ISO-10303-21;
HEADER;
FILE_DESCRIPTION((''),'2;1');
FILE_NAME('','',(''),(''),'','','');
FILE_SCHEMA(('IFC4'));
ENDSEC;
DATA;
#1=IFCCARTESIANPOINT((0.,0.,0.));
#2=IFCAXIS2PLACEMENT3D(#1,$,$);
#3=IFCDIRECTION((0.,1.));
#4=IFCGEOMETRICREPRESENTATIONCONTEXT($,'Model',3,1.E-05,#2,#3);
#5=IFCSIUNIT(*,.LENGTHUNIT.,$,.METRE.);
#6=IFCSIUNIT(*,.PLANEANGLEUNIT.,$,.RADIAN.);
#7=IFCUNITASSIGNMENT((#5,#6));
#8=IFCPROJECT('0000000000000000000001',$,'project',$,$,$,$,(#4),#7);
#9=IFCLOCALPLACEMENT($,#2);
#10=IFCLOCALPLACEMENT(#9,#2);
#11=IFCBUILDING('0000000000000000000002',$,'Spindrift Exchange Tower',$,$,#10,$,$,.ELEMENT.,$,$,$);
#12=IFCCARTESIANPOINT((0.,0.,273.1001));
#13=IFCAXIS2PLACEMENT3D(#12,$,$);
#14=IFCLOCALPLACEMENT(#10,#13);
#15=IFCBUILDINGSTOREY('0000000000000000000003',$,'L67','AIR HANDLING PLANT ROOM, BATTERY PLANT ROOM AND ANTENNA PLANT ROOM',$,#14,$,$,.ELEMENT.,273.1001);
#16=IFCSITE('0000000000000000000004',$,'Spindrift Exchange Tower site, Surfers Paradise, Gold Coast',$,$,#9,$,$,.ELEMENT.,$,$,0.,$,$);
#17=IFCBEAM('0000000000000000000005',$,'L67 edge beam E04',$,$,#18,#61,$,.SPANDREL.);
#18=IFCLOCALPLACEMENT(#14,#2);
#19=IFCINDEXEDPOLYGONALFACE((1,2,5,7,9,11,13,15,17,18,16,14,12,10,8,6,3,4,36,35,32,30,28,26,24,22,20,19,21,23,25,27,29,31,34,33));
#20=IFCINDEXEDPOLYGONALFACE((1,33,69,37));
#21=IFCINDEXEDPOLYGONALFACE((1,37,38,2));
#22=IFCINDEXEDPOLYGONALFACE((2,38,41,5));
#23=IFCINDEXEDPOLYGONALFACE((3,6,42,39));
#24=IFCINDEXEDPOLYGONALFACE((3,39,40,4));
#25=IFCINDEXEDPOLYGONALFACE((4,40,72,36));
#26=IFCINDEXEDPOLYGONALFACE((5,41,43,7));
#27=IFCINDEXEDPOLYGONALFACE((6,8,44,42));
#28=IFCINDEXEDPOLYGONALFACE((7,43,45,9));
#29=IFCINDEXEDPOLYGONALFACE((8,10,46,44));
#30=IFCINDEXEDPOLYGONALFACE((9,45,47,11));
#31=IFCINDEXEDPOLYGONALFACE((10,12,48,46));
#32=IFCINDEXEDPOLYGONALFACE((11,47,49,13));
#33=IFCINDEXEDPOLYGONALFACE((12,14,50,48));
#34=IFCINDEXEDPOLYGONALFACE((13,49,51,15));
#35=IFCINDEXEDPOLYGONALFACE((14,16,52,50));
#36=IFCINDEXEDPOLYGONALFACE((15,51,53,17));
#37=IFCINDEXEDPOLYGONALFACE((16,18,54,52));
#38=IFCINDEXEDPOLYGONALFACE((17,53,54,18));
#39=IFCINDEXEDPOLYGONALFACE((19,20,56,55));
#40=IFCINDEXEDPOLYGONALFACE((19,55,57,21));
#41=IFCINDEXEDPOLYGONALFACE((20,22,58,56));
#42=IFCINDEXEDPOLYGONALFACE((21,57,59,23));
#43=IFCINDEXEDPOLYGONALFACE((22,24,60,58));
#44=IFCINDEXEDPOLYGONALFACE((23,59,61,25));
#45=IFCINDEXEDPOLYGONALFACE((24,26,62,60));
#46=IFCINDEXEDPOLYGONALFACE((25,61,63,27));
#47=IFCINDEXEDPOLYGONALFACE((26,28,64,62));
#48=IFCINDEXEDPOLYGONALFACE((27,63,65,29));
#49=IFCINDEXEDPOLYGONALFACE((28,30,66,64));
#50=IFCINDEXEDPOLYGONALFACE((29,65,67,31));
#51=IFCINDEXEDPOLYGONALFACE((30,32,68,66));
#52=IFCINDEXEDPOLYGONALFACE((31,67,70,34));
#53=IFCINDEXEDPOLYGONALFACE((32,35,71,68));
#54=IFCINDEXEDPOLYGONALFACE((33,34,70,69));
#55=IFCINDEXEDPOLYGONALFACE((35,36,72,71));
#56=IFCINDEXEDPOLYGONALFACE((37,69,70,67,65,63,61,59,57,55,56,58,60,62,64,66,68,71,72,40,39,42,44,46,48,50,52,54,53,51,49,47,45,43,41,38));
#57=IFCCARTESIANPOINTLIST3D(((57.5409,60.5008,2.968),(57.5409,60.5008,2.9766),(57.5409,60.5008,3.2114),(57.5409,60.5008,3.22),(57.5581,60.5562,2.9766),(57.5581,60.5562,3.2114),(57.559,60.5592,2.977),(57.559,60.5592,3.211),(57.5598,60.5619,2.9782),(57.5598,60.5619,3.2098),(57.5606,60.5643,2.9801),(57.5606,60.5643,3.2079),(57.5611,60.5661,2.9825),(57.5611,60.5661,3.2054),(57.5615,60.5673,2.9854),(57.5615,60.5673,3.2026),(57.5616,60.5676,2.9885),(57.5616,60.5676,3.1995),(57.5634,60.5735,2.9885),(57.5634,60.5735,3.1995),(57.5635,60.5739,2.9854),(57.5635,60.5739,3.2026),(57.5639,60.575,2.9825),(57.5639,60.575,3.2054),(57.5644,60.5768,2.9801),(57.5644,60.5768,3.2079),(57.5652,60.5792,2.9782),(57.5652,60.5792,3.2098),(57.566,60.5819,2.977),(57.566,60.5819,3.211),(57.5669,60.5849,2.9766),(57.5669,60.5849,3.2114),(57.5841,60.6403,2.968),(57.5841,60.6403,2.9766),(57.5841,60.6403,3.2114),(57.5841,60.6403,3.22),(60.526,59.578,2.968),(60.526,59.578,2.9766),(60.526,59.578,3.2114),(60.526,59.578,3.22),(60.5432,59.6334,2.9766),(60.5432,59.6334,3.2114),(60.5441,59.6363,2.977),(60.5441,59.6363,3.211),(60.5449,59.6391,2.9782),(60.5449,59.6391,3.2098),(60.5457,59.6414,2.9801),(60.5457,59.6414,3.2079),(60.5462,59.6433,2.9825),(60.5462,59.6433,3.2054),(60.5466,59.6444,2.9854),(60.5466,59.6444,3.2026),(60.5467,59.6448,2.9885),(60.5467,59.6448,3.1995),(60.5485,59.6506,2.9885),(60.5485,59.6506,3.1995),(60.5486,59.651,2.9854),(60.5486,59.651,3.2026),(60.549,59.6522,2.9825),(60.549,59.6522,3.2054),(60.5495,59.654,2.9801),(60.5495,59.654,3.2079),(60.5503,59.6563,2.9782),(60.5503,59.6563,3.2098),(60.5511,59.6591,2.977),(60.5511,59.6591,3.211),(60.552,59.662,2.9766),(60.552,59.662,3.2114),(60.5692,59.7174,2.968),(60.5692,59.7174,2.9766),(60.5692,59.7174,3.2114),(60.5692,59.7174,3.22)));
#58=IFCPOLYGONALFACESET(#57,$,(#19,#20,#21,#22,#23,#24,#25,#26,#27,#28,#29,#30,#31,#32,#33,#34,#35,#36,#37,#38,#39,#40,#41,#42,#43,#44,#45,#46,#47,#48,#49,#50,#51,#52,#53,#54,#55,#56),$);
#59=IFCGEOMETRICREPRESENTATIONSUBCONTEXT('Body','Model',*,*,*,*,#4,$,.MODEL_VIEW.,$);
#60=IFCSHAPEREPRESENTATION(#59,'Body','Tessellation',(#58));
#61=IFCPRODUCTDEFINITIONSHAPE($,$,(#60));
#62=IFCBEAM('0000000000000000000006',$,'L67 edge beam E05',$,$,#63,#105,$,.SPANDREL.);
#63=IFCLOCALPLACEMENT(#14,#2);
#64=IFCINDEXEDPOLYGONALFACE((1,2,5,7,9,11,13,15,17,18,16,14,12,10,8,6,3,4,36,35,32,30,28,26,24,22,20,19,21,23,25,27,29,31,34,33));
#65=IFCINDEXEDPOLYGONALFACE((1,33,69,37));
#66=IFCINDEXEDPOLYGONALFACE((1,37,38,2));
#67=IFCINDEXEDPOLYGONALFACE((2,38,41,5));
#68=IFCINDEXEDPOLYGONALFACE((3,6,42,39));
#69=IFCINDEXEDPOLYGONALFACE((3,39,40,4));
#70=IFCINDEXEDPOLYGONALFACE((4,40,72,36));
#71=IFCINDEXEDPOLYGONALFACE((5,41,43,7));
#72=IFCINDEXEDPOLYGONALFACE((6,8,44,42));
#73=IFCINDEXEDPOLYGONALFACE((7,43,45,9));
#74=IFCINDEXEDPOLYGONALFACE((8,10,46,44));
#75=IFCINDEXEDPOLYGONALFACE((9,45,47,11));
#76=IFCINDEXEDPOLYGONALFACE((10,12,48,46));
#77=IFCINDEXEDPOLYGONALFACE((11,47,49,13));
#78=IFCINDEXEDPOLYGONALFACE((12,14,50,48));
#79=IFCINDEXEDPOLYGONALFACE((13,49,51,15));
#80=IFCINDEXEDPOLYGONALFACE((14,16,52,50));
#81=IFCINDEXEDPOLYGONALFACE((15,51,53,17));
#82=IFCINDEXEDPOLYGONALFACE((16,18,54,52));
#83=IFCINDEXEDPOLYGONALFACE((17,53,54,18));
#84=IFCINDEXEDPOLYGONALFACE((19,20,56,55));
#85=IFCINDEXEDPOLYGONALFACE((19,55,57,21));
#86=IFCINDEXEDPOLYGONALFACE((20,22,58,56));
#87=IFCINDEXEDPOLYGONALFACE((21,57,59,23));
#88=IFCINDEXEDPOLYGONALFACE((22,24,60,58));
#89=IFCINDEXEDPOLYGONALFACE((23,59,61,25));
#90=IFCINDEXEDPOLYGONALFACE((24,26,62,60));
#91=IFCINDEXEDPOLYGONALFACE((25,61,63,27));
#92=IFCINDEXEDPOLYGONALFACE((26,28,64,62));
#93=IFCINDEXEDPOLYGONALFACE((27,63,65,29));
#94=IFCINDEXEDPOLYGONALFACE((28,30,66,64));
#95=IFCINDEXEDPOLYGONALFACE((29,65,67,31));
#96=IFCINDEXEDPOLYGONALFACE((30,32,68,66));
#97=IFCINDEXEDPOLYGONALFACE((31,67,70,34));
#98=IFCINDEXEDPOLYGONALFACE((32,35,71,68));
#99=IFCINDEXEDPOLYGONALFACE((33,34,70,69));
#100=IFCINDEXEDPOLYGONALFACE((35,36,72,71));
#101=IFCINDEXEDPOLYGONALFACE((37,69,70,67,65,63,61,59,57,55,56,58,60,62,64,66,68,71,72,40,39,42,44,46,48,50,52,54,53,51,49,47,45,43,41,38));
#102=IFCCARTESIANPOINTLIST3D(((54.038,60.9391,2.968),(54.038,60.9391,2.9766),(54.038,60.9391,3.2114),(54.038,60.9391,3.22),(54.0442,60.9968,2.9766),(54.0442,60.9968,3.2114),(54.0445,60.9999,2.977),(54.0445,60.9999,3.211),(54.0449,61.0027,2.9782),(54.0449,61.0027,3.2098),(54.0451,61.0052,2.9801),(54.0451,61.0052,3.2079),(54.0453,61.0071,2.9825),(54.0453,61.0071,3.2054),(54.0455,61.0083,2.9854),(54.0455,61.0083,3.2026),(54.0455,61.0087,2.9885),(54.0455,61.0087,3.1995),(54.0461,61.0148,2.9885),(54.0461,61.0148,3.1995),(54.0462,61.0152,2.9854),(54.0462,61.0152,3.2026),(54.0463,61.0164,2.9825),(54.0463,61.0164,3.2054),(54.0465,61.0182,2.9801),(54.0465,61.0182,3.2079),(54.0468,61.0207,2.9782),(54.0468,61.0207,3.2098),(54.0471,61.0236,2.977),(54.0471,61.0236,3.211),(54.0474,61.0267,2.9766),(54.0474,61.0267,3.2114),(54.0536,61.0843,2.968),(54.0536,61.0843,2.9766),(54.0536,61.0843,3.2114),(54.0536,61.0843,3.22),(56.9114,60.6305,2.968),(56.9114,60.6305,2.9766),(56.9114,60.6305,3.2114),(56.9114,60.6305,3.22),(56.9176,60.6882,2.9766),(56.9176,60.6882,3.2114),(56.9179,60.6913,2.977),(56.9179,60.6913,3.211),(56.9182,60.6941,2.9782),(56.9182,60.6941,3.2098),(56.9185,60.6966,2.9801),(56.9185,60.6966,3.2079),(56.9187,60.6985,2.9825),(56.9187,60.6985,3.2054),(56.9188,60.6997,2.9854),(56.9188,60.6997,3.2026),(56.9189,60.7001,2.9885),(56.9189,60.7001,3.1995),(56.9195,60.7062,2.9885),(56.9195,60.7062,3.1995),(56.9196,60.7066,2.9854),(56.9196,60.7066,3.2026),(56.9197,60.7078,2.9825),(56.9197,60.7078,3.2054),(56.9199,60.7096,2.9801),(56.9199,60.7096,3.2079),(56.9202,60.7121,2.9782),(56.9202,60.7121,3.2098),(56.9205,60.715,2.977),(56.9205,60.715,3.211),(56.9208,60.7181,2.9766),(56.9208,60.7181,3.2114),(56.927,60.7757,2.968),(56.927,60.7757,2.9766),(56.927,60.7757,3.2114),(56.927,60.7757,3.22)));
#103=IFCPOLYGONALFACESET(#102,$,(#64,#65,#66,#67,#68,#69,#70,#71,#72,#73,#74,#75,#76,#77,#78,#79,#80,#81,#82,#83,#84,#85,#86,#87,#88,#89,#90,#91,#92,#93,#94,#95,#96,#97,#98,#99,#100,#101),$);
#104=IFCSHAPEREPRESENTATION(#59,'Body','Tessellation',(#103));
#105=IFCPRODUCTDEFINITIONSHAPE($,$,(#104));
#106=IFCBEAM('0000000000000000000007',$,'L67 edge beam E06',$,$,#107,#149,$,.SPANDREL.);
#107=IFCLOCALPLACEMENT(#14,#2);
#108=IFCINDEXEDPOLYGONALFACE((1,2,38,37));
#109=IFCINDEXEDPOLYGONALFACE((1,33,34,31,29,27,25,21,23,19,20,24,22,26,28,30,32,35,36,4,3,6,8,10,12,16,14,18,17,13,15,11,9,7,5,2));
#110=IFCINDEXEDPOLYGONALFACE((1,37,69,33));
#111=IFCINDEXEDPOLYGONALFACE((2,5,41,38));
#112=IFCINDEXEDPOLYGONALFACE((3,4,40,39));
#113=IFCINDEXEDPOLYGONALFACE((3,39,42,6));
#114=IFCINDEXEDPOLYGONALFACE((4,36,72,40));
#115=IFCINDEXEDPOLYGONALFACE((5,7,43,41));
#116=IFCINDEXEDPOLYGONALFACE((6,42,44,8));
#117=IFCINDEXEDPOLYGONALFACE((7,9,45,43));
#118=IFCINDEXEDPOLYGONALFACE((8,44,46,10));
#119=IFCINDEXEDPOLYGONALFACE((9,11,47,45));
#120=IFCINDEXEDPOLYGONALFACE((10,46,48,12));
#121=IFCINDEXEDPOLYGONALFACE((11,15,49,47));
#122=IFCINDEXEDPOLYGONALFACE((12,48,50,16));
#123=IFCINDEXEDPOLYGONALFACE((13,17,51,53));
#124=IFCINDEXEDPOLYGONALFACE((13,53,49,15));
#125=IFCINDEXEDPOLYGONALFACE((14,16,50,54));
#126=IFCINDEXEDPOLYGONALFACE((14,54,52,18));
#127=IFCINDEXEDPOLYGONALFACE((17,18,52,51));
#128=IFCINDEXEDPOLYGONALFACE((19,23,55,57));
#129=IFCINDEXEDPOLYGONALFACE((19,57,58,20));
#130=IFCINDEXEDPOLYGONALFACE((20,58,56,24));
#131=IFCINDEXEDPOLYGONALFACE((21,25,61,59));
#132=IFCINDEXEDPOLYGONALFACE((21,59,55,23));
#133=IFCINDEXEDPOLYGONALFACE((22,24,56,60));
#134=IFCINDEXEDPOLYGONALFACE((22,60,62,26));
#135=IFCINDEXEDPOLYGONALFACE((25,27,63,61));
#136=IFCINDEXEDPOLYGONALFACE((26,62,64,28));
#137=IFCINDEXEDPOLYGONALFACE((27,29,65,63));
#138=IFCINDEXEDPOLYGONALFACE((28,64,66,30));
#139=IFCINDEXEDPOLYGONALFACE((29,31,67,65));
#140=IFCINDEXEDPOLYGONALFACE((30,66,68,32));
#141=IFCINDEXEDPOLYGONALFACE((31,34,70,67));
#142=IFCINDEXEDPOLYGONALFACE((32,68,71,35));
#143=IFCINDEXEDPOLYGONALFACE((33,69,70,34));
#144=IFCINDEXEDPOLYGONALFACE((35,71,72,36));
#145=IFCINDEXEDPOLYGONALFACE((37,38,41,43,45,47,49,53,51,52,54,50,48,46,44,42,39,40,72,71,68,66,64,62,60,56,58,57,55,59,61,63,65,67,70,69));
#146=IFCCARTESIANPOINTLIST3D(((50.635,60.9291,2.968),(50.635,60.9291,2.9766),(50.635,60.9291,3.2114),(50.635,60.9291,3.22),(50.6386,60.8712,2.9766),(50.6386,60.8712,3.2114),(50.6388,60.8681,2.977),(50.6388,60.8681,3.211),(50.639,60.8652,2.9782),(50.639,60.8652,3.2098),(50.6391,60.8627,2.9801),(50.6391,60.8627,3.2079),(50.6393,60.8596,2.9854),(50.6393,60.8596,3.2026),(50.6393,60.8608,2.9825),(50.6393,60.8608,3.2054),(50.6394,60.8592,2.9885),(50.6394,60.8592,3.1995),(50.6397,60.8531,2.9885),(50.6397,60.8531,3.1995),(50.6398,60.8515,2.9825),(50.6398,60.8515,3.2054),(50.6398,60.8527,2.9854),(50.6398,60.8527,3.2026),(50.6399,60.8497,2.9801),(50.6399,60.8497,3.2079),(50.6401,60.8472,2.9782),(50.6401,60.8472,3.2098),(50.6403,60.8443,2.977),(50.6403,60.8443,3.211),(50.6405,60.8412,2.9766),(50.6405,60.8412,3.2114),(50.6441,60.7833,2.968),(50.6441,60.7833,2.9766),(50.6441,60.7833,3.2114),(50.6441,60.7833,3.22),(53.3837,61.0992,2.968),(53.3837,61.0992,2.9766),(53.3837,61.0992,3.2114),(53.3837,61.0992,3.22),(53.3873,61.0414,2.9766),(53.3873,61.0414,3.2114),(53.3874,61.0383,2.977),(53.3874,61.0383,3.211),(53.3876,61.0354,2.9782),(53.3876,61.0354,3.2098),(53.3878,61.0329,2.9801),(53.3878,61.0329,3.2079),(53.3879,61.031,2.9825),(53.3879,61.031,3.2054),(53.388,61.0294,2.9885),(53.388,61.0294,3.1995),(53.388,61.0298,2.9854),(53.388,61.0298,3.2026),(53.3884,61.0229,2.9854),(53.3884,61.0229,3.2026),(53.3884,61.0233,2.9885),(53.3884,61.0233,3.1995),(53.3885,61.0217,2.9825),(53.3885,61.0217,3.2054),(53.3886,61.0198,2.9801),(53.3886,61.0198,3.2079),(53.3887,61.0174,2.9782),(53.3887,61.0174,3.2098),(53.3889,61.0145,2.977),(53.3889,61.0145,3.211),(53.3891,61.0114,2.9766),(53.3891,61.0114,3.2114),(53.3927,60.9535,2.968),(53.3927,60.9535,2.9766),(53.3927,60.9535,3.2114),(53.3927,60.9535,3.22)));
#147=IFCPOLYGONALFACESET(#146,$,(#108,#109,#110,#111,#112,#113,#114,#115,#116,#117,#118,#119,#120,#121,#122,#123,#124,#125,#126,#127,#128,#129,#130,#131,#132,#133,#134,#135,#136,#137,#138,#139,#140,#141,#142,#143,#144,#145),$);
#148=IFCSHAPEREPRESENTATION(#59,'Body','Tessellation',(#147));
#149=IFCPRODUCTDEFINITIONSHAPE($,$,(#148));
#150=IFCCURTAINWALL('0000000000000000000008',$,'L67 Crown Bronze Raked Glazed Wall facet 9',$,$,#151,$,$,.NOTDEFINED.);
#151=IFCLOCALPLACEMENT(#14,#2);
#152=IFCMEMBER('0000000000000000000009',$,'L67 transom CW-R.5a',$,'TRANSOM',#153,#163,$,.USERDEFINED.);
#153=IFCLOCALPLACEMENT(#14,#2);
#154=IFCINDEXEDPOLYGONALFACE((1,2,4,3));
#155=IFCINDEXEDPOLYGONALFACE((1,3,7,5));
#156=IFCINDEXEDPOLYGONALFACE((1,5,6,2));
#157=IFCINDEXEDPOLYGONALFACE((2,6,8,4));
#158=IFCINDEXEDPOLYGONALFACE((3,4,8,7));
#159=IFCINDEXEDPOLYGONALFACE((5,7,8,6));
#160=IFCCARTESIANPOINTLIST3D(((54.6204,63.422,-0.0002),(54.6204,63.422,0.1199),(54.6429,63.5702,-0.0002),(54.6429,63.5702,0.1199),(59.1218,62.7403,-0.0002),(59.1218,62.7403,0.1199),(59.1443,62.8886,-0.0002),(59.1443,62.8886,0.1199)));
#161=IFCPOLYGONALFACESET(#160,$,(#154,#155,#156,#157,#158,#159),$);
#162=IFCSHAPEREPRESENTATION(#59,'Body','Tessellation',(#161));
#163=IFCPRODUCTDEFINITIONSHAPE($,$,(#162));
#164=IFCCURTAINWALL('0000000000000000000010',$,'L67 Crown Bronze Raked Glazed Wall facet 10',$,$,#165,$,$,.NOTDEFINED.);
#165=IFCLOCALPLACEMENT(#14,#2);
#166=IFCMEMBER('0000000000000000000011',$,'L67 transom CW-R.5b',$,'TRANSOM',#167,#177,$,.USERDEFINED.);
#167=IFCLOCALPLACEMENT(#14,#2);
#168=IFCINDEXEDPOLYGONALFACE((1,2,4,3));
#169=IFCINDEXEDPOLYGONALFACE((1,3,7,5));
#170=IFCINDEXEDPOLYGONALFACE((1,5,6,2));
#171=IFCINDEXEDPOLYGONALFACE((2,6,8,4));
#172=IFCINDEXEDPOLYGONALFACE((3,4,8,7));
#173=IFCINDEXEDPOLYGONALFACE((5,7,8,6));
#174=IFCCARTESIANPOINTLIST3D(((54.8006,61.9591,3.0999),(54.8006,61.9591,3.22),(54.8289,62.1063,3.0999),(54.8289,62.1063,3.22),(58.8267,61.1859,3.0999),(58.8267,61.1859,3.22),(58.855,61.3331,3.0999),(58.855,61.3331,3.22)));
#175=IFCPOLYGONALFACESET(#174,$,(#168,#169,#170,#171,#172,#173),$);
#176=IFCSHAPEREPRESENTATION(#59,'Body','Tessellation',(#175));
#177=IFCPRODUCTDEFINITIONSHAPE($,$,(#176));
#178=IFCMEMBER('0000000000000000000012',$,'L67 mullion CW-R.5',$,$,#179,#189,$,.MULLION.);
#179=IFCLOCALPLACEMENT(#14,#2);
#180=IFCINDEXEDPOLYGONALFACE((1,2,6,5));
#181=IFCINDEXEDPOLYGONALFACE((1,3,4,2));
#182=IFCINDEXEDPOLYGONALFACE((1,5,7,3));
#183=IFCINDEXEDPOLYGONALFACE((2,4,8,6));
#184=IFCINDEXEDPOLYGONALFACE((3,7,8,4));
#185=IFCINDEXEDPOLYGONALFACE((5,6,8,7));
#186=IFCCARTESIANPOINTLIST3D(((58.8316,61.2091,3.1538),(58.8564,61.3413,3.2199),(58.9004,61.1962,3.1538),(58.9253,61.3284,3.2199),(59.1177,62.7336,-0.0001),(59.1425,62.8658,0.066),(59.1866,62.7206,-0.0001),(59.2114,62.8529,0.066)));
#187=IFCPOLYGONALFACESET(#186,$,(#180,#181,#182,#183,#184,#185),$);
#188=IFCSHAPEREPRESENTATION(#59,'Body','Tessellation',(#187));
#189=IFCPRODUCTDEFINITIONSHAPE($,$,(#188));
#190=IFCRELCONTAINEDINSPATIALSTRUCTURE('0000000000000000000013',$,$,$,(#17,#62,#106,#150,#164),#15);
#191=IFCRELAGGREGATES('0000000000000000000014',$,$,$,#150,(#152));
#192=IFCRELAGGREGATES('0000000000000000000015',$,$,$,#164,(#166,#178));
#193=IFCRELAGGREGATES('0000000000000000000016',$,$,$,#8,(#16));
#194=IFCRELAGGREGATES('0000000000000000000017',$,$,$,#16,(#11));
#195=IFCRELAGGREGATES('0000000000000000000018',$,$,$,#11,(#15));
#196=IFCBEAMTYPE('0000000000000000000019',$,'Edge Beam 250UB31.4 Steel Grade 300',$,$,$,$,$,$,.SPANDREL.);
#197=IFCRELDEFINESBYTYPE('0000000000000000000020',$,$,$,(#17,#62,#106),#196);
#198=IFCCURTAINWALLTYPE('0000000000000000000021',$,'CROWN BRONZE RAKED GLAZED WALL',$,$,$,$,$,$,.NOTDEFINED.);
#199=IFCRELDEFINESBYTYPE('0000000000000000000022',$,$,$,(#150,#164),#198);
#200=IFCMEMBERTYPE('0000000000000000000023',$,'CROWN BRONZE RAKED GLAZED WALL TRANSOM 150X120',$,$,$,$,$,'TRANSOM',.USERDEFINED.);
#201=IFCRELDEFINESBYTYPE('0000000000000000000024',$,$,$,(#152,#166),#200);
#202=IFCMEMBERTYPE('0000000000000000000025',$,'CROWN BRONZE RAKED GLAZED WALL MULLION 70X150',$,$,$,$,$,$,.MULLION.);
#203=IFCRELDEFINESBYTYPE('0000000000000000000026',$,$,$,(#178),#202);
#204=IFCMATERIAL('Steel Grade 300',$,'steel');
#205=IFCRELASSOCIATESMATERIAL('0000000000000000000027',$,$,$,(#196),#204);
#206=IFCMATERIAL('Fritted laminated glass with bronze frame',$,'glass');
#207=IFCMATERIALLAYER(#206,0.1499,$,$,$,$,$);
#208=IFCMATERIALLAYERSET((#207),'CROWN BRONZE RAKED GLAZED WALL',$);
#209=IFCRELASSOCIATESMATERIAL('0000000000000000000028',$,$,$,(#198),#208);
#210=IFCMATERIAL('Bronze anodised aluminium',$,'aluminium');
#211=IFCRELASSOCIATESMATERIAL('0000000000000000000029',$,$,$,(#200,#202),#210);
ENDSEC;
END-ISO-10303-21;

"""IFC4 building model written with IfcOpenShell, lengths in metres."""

from ifc_helpers import new_model, si_unit, direction, frame, origin, origin_2d, place, context, subcontext, project, spatial, rectangle, i_section, extrude, source, transform, mapped, material, layer, layer_set, material_profile, profile_set, type_object, element, aggregate, save


model = new_model("IFC4")

# Units and contexts
model_context = context("Model", 3, precision=1e-05, world=origin(), true_north=direction((0.0, 1.0)))
body_context = subcontext(model_context, "Body", "Model", "MODEL_VIEW")
ifc_project = project(units=[si_unit("LENGTHUNIT", "METRE"), si_unit("PLANEANGLEUNIT", "RADIAN")], contexts=[model_context])

# Site, building, storey
site_placement = place(None, origin())
site = spatial("IfcSite", under=ifc_project, at=site_placement, Name="Spindrift Exchange Tower site, Surfers Paradise, Gold Coast", CompositionType="ELEMENT", RefElevation=0.0)
building_placement = place(site_placement, origin())
building = spatial("IfcBuilding", under=site, at=building_placement, Name="Spindrift Exchange Tower", CompositionType="ELEMENT")
storey_placement = place(building_placement, frame((0.0, 0.0, 273.1001)))
storey = spatial("IfcBuildingStorey", under=building, at=storey_placement, Name="L67", Description="AIR HANDLING PLANT ROOM, BATTERY PLANT ROOM AND ANTENNA PLANT ROOM", CompositionType="ELEMENT", Elevation=273.1001)

# Beams
ifc_material_1 = material(Name="Steel Grade 300", Category="steel")
ifc_material_profile_1 = material_profile(ifc_material_1, i_section(OverallWidth=0.146, OverallDepth=0.252, WebThickness=0.0061, FlangeThickness=0.0085, FilletRadius=0.012, at=origin_2d()), Name="250UB31.4")
ifc_profile_set_1 = profile_set([ifc_material_profile_1], Name="Steel Grade 300")
beam_type_1 = type_object("IfcBeamType", Name="Edge Beam 250UB31.4 Steel Grade 300", PredefinedType="SPANDREL", material=ifc_profile_set_1)
shared_shape_1 = source(origin(), body_context, "Body", "SweptSolid", [
    extrude(i_section(OverallWidth=0.146, OverallDepth=0.252, WebThickness=0.0061, FlangeThickness=0.0085, FilletRadius=0.012, at=origin_2d()), origin(), (0.0, 0.0, 1.0), 3.1245),
])
beam_1_placement = place(storey_placement, frame((60.5476, 59.6477, 3.094), z_axis=(-0.955386, 0.295359, 0.0), x_axis=(-0.295359, -0.955386, 0.0)))
element("IfcBeam", 1, at=beam_1_placement, inside=storey, type_object=beam_type_1, Name="L67 edge beam E04", PredefinedType="SPANDREL", context=body_context, shape_type="MappedRepresentation", body=[
    mapped(shared_shape_1, transform((0.0, 0.0, 0.0), scale=1.0)),
])
shared_shape_2 = source(origin(), body_context, "Body", "SweptSolid", [
    extrude(i_section(OverallWidth=0.146, OverallDepth=0.252, WebThickness=0.0061, FlangeThickness=0.0085, FilletRadius=0.012, at=origin_2d()), origin(), (0.0, 0.0, 1.0), 2.8899),
])
beam_2_placement = place(storey_placement, frame((56.9192, 60.7031, 3.094), z_axis=(-0.994282, 0.106787, 0.0), x_axis=(-0.106787, -0.994282, 0.0)))
element("IfcBeam", 2, at=beam_2_placement, inside=storey, type_object=beam_type_1, Name="L67 edge beam E05", PredefinedType="SPANDREL", context=body_context, shape_type="MappedRepresentation", body=[
    mapped(shared_shape_2, transform((0.0, 0.0, 0.0), scale=1.0)),
])
shared_shape_3 = source(origin(), body_context, "Body", "SweptSolid", [
    extrude(i_section(OverallWidth=0.146, OverallDepth=0.252, WebThickness=0.0061, FlangeThickness=0.0085, FilletRadius=0.012, at=origin_2d()), origin(), (0.0, 0.0, 1.0), 2.7539),
])
beam_3_placement = place(storey_placement, frame((53.3882, 61.0264, 3.094), z_axis=(-0.998089, -0.061793, 0.0), x_axis=(0.061793, -0.998089, 0.0)))
element("IfcBeam", 3, at=beam_3_placement, inside=storey, type_object=beam_type_1, Name="L67 edge beam E06", PredefinedType="SPANDREL", context=body_context, shape_type="MappedRepresentation", body=[
    mapped(shared_shape_3, transform((0.0, 0.0, 0.0), scale=1.0)),
])

# Curtain wall, member
ifc_material_2 = material(Name="Fritted laminated glass with bronze frame", Category="glass")
ifc_layer_1 = layer(ifc_material_2, 0.1499)
ifc_layer_set_1 = layer_set([ifc_layer_1], Name="CROWN BRONZE RAKED GLAZED WALL")
curtain_wall_type = type_object("IfcCurtainWallType", Name="CROWN BRONZE RAKED GLAZED WALL", PredefinedType="NOTDEFINED", material=ifc_layer_set_1)
curtain_wall_1_placement = place(storey_placement, origin())
curtain_wall_1 = element("IfcCurtainWall", 4, at=curtain_wall_1_placement, inside=storey, type_object=curtain_wall_type, Name="L67 Crown Bronze Raked Glazed Wall facet 9", PredefinedType="NOTDEFINED")
ifc_material_3 = material(Name="Bronze anodised aluminium", Category="aluminium")
ifc_material_profile_2 = material_profile(ifc_material_3, rectangle(XDim=0.1499, YDim=0.1201, at=origin_2d()), Name="CROWN BRONZE RAKED GLAZED WALL TRANSOM 150X120")
ifc_profile_set_2 = profile_set([ifc_material_profile_2], Name="Bronze anodised aluminium")
member_type_1 = type_object("IfcMemberType", Name="CROWN BRONZE RAKED GLAZED WALL TRANSOM 150X120", ElementType="TRANSOM", PredefinedType="USERDEFINED", material=ifc_profile_set_2)
shared_shape_4 = source(origin(), body_context, "Body", "SweptSolid", [
    extrude(rectangle(XDim=0.1499, YDim=0.1201, at=origin_2d()), origin(), (0.0, 0.0, 1.0), 4.5527),
])
member_1_placement = place(storey_placement, frame((59.1331, 62.8145, 0.0598), z_axis=(-0.988728, 0.14972, 0.0), x_axis=(-0.14972, -0.988728, 0.0)))
member_1 = element("IfcMember", 5, at=member_1_placement, type_object=member_type_1, Name="L67 transom CW-R.5a", ObjectType="TRANSOM", PredefinedType="USERDEFINED", context=body_context, shape_type="MappedRepresentation", body=[
    mapped(shared_shape_4, transform((0.0, 0.0, 0.0), scale=1.0)),
])

# Curtain wall, members
curtain_wall_2_placement = place(storey_placement, origin())
curtain_wall_2 = element("IfcCurtainWall", 6, at=curtain_wall_2_placement, inside=storey, type_object=curtain_wall_type, Name="L67 Crown Bronze Raked Glazed Wall facet 10", PredefinedType="NOTDEFINED")
shared_shape_5 = source(origin(), body_context, "Body", "SweptSolid", [
    extrude(rectangle(XDim=0.1499, YDim=0.1201, at=origin_2d()), origin(), (0.0, 0.0, 1.0), 4.0996),
])
member_2_placement = place(storey_placement, frame((58.8408, 61.2595, 3.1599), z_axis=(-0.982054, 0.188598, 0.0), x_axis=(-0.188598, -0.982054, 0.0)))
member_2 = element("IfcMember", 7, at=member_2_placement, type_object=member_type_1, Name="L67 transom CW-R.5b", ObjectType="TRANSOM", PredefinedType="USERDEFINED", context=body_context, shape_type="MappedRepresentation", body=[
    mapped(shared_shape_5, transform((0.0, 0.0, 0.0), scale=1.0)),
])
ifc_material_profile_3 = material_profile(ifc_material_3, rectangle(XDim=0.0701, YDim=0.1499, at=origin_2d()), Name="CROWN BRONZE RAKED GLAZED WALL MULLION 70X150")
ifc_profile_set_3 = profile_set([ifc_material_profile_3], Name="Bronze anodised aluminium")
member_type_2 = type_object("IfcMemberType", Name="CROWN BRONZE RAKED GLAZED WALL MULLION 70X150", PredefinedType="MULLION", material=ifc_profile_set_3)
shared_shape_6 = source(origin(), body_context, "Body", "SweptSolid", [
    extrude(rectangle(XDim=0.0701, YDim=0.1499, at=origin_2d()), origin(), (0.0, 0.0, 1.0), 3.5146),
])
member_3_placement = place(storey_placement, frame((59.1646, 62.7932, 0.033), z_axis=(-0.081413, -0.433741, 0.897352), x_axis=(0.982837, -0.184479, 0.0)))
member_3 = element("IfcMember", 8, at=member_3_placement, type_object=member_type_2, Name="L67 mullion CW-R.5", PredefinedType="MULLION", context=body_context, shape_type="MappedRepresentation", body=[
    mapped(shared_shape_6, transform((0.0, 0.0, 0.0), scale=1.0)),
])

aggregate(curtain_wall_1, [member_1])
aggregate(curtain_wall_2, [member_2, member_3])

save(model, "model.ifc")
